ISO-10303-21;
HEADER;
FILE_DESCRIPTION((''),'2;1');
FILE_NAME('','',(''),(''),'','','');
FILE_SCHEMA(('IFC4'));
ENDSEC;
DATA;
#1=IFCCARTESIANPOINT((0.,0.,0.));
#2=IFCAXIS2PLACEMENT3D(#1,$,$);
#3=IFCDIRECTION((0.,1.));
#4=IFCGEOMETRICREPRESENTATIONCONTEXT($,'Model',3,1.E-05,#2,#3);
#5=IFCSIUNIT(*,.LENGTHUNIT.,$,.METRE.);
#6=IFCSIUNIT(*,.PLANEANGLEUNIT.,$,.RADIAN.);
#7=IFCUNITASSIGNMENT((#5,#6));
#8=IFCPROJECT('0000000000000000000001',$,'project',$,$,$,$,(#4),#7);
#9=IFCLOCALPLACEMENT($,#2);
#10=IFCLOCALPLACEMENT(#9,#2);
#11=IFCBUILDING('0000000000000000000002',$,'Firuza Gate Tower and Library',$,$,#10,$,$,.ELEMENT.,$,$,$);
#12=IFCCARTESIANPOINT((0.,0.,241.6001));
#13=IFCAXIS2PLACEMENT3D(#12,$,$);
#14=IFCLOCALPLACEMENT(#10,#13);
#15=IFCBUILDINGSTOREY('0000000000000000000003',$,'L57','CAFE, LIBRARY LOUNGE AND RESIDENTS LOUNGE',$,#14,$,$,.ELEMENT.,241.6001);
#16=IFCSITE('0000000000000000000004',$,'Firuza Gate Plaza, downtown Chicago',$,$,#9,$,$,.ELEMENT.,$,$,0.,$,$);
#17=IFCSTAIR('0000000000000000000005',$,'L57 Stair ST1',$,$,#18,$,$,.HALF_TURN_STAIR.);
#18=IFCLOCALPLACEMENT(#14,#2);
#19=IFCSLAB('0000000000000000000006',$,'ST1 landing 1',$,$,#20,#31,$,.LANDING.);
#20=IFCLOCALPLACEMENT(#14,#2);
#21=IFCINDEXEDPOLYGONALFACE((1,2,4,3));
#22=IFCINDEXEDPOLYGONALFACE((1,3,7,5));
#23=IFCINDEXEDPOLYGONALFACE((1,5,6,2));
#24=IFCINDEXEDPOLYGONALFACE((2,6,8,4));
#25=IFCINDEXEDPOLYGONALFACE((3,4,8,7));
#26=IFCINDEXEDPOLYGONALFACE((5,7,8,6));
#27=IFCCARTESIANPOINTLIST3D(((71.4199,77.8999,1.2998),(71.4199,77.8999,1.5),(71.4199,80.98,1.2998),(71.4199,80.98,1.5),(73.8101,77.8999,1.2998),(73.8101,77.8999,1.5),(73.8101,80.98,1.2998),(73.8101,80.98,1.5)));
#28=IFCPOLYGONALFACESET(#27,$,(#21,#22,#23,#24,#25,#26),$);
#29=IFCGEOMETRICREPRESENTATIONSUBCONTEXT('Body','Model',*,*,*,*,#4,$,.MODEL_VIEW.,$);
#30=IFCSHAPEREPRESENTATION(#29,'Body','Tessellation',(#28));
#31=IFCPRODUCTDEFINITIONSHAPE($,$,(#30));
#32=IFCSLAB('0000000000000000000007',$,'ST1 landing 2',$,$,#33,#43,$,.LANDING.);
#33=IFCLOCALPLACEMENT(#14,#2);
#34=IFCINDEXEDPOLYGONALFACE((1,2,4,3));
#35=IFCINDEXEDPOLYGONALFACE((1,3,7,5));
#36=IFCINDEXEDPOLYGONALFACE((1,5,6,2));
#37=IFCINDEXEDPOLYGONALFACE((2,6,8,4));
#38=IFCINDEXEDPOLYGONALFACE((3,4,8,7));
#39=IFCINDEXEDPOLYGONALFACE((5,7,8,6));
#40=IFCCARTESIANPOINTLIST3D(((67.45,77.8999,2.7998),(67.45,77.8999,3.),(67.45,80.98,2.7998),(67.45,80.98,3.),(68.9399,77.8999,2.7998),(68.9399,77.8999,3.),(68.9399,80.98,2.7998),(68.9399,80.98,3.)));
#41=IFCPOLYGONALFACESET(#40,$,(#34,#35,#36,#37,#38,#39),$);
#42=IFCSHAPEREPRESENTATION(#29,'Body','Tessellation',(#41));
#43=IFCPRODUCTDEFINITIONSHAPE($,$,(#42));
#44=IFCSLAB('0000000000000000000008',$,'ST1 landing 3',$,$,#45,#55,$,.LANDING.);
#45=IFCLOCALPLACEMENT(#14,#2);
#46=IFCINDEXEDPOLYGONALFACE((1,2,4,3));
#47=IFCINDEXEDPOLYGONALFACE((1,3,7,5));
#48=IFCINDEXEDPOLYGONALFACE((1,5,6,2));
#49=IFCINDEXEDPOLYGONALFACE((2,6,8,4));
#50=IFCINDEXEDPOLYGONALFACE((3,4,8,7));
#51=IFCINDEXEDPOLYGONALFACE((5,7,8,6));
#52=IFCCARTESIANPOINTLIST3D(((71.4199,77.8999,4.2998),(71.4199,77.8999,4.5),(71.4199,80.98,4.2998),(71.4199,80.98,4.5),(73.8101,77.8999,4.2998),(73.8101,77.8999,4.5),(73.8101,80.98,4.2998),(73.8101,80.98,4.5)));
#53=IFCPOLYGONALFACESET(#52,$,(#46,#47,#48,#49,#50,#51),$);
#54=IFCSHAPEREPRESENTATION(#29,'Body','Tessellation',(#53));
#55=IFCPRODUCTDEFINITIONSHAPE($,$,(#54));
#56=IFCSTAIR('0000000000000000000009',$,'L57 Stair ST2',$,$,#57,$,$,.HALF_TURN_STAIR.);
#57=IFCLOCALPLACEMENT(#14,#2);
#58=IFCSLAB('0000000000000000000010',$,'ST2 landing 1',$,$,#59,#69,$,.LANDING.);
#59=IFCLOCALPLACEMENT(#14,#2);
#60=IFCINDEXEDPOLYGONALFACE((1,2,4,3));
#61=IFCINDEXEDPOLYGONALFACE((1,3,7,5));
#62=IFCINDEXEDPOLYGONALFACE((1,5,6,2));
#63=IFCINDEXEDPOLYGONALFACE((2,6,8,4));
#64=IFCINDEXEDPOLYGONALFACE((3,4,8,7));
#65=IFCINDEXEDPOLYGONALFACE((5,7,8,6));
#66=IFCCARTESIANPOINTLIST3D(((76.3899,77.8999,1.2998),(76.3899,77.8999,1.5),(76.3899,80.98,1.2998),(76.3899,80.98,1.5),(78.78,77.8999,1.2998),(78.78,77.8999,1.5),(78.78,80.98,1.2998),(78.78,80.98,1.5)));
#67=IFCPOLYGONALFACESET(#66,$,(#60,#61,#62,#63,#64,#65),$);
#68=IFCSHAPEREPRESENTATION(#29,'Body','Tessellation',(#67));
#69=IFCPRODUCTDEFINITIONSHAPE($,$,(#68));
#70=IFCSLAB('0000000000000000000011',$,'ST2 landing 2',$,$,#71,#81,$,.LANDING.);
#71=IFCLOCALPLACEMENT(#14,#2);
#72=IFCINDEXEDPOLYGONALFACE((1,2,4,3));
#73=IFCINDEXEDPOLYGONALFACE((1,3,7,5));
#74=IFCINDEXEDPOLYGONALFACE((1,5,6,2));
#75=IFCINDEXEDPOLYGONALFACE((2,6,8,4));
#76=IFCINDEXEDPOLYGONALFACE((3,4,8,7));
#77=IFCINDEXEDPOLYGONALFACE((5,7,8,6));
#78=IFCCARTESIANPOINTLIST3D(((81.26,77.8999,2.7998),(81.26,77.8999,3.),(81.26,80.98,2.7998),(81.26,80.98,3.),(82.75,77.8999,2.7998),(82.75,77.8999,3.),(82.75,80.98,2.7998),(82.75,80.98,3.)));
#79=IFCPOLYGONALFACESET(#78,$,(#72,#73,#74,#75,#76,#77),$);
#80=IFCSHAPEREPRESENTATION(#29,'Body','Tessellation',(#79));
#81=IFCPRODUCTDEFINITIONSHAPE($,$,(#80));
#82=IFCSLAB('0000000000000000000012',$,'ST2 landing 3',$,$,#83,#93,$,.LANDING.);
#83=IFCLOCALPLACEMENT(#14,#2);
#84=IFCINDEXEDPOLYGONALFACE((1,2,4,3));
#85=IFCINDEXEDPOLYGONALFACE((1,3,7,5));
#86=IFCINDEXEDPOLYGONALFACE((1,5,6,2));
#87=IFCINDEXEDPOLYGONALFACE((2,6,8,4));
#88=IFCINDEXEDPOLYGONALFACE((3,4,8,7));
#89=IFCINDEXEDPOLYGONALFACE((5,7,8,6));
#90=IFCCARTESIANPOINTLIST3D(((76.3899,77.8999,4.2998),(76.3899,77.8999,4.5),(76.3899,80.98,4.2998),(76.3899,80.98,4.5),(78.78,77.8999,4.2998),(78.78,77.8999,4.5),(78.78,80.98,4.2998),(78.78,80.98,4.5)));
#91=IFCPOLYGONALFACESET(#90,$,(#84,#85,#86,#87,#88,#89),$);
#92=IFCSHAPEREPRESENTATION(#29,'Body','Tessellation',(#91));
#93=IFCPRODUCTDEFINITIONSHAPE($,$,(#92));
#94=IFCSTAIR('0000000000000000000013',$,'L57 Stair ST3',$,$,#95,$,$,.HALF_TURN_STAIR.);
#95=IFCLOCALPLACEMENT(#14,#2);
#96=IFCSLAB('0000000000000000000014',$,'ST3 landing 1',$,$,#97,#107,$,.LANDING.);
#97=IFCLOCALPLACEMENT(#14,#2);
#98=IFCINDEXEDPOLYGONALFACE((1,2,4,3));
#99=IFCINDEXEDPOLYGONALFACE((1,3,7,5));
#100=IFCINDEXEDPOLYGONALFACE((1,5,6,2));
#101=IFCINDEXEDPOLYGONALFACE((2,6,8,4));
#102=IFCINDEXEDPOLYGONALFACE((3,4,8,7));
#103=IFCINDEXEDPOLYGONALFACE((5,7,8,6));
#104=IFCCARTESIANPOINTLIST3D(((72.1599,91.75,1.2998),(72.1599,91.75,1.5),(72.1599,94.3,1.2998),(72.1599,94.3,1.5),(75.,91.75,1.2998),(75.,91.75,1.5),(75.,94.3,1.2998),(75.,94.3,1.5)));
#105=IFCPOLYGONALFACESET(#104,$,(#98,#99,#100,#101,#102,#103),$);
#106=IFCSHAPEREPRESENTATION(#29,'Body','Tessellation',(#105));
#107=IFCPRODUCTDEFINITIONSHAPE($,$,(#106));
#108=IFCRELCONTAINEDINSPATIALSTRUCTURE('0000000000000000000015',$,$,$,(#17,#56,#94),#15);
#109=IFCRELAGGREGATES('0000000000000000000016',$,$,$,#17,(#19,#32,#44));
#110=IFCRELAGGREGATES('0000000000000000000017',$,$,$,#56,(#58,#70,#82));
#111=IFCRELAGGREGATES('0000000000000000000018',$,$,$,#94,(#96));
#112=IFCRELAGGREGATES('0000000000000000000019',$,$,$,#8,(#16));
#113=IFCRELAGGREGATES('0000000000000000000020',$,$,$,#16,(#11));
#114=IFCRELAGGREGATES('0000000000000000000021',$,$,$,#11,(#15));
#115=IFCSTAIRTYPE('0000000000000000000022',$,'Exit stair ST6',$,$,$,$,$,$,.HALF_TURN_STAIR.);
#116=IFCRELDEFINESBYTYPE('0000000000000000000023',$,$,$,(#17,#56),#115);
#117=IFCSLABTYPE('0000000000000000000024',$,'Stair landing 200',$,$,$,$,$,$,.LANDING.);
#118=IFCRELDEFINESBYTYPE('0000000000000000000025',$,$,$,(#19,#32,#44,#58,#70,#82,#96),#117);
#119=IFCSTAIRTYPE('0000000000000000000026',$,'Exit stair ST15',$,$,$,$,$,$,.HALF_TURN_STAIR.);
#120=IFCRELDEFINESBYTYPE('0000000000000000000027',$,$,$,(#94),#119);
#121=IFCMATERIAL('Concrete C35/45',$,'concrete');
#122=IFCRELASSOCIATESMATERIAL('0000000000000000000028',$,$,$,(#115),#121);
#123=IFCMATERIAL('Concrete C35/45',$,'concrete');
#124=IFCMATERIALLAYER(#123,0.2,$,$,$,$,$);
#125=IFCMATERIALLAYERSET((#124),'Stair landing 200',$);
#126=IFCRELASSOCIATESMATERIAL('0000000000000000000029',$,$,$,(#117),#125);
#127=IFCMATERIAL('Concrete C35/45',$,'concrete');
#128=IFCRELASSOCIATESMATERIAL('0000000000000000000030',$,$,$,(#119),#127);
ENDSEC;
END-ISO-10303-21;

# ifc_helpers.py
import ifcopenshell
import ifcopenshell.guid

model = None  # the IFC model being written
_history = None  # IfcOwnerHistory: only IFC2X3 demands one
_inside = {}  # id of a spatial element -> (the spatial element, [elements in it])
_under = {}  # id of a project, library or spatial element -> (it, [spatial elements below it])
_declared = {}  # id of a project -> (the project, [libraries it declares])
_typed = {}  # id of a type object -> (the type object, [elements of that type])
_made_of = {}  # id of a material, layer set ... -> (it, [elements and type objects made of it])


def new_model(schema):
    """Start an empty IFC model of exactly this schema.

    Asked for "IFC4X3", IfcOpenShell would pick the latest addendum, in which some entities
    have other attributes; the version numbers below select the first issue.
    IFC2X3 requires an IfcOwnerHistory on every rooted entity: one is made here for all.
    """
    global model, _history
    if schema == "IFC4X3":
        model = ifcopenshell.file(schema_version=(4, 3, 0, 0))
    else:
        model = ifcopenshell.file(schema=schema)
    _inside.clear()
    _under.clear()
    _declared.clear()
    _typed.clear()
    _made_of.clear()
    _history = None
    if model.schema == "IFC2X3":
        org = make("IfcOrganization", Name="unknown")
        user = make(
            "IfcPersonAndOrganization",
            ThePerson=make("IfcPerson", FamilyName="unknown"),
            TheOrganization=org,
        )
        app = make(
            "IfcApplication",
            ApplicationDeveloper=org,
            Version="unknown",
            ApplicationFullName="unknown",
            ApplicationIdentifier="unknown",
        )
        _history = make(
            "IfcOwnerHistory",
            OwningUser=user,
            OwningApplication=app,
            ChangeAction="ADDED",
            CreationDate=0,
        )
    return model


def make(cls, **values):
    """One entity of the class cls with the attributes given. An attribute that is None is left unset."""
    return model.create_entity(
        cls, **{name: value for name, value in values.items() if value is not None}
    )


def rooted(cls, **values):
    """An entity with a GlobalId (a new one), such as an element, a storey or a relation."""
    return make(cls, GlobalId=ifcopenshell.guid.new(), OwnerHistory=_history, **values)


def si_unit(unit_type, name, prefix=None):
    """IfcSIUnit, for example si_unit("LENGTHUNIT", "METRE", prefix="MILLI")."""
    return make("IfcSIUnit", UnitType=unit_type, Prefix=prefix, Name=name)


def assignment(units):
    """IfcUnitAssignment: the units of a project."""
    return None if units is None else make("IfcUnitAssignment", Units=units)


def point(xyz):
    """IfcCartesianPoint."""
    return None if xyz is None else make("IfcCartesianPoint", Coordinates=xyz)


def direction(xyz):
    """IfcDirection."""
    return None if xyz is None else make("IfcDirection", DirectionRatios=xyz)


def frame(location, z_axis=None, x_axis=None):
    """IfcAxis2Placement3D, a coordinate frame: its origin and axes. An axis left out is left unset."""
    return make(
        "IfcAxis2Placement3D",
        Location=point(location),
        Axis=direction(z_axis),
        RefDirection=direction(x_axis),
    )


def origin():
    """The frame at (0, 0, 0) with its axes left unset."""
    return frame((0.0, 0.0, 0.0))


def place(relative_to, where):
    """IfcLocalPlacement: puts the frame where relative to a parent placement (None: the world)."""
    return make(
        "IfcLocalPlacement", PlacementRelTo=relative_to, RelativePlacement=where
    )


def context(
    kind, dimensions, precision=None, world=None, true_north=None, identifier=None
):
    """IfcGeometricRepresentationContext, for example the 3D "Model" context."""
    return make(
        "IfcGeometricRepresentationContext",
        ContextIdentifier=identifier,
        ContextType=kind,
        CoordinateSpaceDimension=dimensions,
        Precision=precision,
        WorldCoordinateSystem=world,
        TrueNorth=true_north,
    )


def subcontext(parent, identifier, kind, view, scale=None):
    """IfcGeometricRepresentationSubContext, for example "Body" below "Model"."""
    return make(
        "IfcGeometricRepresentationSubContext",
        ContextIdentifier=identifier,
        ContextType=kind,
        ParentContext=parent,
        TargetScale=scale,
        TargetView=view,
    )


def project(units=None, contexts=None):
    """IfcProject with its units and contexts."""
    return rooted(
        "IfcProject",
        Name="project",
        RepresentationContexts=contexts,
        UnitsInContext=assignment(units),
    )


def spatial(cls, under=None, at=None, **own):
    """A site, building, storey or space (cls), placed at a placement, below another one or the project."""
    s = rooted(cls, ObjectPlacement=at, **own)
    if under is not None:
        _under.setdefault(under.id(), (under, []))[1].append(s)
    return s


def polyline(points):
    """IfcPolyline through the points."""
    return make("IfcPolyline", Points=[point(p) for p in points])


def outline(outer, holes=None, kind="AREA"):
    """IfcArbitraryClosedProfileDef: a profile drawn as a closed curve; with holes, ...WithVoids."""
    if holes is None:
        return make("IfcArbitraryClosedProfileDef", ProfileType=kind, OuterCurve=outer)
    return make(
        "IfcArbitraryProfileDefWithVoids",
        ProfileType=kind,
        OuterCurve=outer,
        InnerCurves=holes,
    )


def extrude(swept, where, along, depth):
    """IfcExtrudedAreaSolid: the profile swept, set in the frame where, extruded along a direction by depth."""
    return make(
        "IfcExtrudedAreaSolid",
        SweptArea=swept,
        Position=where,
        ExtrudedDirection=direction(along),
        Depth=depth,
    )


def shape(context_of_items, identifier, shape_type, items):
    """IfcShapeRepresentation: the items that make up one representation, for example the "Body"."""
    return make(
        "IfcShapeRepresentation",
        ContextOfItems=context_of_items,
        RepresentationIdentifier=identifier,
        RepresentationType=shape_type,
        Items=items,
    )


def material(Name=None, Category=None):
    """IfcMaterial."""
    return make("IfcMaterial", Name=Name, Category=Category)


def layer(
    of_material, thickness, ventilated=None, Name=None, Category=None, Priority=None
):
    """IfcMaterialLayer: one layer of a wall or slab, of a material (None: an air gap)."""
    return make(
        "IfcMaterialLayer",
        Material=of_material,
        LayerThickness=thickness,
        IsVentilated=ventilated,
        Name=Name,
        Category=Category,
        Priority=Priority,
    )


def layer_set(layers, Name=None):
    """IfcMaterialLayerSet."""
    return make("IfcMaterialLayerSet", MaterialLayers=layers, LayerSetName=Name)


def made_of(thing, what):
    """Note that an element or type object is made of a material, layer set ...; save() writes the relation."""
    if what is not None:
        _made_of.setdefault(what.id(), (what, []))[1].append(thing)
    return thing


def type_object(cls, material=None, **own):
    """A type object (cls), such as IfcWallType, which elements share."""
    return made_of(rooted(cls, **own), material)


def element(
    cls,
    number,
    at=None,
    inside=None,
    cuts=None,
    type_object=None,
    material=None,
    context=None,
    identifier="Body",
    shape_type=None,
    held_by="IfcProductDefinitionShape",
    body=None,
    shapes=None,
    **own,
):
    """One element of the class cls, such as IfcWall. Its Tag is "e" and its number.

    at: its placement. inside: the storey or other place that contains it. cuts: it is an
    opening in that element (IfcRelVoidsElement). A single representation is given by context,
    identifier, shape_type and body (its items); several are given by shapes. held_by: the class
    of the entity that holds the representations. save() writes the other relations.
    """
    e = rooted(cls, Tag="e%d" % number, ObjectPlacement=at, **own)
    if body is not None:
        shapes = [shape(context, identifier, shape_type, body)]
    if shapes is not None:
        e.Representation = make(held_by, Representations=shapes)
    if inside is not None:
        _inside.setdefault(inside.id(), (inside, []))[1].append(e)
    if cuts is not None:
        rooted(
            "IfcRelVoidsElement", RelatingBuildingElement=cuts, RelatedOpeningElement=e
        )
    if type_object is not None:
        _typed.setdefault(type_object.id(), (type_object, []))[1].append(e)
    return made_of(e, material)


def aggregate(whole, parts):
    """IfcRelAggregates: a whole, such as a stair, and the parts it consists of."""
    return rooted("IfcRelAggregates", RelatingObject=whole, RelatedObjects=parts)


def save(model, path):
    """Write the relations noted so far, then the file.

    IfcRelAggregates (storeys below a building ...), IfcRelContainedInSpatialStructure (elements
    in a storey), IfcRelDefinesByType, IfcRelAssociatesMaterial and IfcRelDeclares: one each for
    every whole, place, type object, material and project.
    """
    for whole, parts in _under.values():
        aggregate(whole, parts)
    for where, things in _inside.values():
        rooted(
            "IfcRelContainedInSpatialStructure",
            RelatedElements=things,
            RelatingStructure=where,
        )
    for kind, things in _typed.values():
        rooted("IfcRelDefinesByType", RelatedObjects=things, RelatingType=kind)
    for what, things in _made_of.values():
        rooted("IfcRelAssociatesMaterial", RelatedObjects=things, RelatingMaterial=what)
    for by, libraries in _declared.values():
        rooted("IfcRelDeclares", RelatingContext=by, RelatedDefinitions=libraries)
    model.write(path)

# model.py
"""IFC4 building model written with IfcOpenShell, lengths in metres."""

from ifc_helpers import new_model, si_unit, direction, frame, origin, place, context, subcontext, project, spatial, polyline, outline, extrude, material, layer, layer_set, type_object, element, aggregate, save


model = new_model("IFC4")

# Units and contexts
model_context = context("Model", 3, precision=1e-05, world=origin(), true_north=direction((0.0, 1.0)))
body_context = subcontext(model_context, "Body", "Model", "MODEL_VIEW")
ifc_project = project(units=[si_unit("LENGTHUNIT", "METRE"), si_unit("PLANEANGLEUNIT", "RADIAN")], contexts=[model_context])

# Site, building, storey
site_placement = place(None, origin())
site = spatial("IfcSite", under=ifc_project, at=site_placement, Name="Firuza Gate Plaza, downtown Chicago", CompositionType="ELEMENT", RefElevation=0.0)
building_placement = place(site_placement, origin())
building = spatial("IfcBuilding", under=site, at=building_placement, Name="Firuza Gate Tower and Library", CompositionType="ELEMENT")
storey_placement = place(building_placement, frame((0.0, 0.0, 241.6001)))
storey = spatial("IfcBuildingStorey", under=building, at=storey_placement, Name="L57", Description="CAFE, LIBRARY LOUNGE AND RESIDENTS LOUNGE", CompositionType="ELEMENT", Elevation=241.6001)

# Stairs, slabs
ifc_material_1 = material(Name="Concrete C35/45", Category="concrete")
stair_type_1 = type_object("IfcStairType", Name="Exit stair ST6", PredefinedType="HALF_TURN_STAIR", material=ifc_material_1)
placement_1 = place(storey_placement, origin())
stair_1 = element("IfcStair", 1, at=placement_1, inside=storey, type_object=stair_type_1, Name="L57 Stair ST1", PredefinedType="HALF_TURN_STAIR")
ifc_material_2 = material(Name="Concrete C35/45", Category="concrete")
ifc_layer_1 = layer(ifc_material_2, 0.2)
ifc_layer_set_1 = layer_set([ifc_layer_1], Name="Stair landing 200")
slab_type_1 = type_object("IfcSlabType", Name="Stair landing 200", PredefinedType="LANDING", material=ifc_layer_set_1)
placement_2 = place(storey_placement, frame((0.0, 0.0, 1.2998)))
slab_1 = element("IfcSlab", 2, at=placement_2, type_object=slab_type_1, Name="ST1 landing 1", PredefinedType="LANDING", context=body_context, shape_type="SweptSolid", body=[
    extrude(outline(polyline([(71.4199, 77.8999), (73.8101, 77.8999), (73.8101, 80.98), (71.4199, 80.98), (71.4199, 77.8999)])), origin(), (0.0, 0.0, 1.0), 0.2002),
])
placement_3 = place(storey_placement, frame((0.0, 0.0, 2.7998)))
slab_2 = element("IfcSlab", 3, at=placement_3, type_object=slab_type_1, Name="ST1 landing 2", PredefinedType="LANDING", context=body_context, shape_type="SweptSolid", body=[
    extrude(outline(polyline([(67.45, 77.8999), (68.9399, 77.8999), (68.9399, 80.98), (67.45, 80.98), (67.45, 77.8999)])), origin(), (0.0, 0.0, 1.0), 0.2002),
])
placement_4 = place(storey_placement, frame((0.0, 0.0, 4.2998)))
slab_3 = element("IfcSlab", 4, at=placement_4, type_object=slab_type_1, Name="ST1 landing 3", PredefinedType="LANDING", context=body_context, shape_type="SweptSolid", body=[
    extrude(outline(polyline([(71.4199, 77.8999), (73.8101, 77.8999), (73.8101, 80.98), (71.4199, 80.98), (71.4199, 77.8999)])), origin(), (0.0, 0.0, 1.0), 0.2002),
])
aggregate(stair_1, [slab_1, slab_2, slab_3])
stair_2 = element("IfcStair", 5, at=placement_1, inside=storey, type_object=stair_type_1, Name="L57 Stair ST2", PredefinedType="HALF_TURN_STAIR")
slab_4 = element("IfcSlab", 6, at=placement_2, type_object=slab_type_1, Name="ST2 landing 1", PredefinedType="LANDING", context=body_context, shape_type="SweptSolid", body=[
    extrude(outline(polyline([(78.78, 80.98), (76.3899, 80.98), (76.3899, 77.8999), (78.78, 77.8999), (78.78, 80.98)])), origin(), (0.0, 0.0, 1.0), 0.2002),
])
slab_5 = element("IfcSlab", 7, at=placement_3, type_object=slab_type_1, Name="ST2 landing 2", PredefinedType="LANDING", context=body_context, shape_type="SweptSolid", body=[
    extrude(outline(polyline([(82.75, 80.98), (81.26, 80.98), (81.26, 77.8999), (82.75, 77.8999), (82.75, 80.98)])), origin(), (0.0, 0.0, 1.0), 0.2002),
])
slab_6 = element("IfcSlab", 8, at=placement_4, type_object=slab_type_1, Name="ST2 landing 3", PredefinedType="LANDING", context=body_context, shape_type="SweptSolid", body=[
    extrude(outline(polyline([(78.78, 80.98), (76.3899, 80.98), (76.3899, 77.8999), (78.78, 77.8999), (78.78, 80.98)])), origin(), (0.0, 0.0, 1.0), 0.2002),
])
aggregate(stair_2, [slab_4, slab_5, slab_6])

# Stair, slab
ifc_material_3 = material(Name="Concrete C35/45", Category="concrete")
stair_type_2 = type_object("IfcStairType", Name="Exit stair ST15", PredefinedType="HALF_TURN_STAIR", material=ifc_material_3)
stair_3 = element("IfcStair", 9, at=placement_1, inside=storey, type_object=stair_type_2, Name="L57 Stair ST3", PredefinedType="HALF_TURN_STAIR")
slab_7 = element("IfcSlab", 10, at=placement_2, type_object=slab_type_1, Name="ST3 landing 1", PredefinedType="LANDING", context=body_context, shape_type="SweptSolid", body=[
    extrude(outline(polyline([(75.0, 91.75), (75.0, 94.3), (72.1599, 94.3), (72.1599, 91.75), (75.0, 91.75)])), origin(), (0.0, 0.0, 1.0), 0.2002),
])
aggregate(stair_3, [slab_7])

save(model, "model.ifc")
